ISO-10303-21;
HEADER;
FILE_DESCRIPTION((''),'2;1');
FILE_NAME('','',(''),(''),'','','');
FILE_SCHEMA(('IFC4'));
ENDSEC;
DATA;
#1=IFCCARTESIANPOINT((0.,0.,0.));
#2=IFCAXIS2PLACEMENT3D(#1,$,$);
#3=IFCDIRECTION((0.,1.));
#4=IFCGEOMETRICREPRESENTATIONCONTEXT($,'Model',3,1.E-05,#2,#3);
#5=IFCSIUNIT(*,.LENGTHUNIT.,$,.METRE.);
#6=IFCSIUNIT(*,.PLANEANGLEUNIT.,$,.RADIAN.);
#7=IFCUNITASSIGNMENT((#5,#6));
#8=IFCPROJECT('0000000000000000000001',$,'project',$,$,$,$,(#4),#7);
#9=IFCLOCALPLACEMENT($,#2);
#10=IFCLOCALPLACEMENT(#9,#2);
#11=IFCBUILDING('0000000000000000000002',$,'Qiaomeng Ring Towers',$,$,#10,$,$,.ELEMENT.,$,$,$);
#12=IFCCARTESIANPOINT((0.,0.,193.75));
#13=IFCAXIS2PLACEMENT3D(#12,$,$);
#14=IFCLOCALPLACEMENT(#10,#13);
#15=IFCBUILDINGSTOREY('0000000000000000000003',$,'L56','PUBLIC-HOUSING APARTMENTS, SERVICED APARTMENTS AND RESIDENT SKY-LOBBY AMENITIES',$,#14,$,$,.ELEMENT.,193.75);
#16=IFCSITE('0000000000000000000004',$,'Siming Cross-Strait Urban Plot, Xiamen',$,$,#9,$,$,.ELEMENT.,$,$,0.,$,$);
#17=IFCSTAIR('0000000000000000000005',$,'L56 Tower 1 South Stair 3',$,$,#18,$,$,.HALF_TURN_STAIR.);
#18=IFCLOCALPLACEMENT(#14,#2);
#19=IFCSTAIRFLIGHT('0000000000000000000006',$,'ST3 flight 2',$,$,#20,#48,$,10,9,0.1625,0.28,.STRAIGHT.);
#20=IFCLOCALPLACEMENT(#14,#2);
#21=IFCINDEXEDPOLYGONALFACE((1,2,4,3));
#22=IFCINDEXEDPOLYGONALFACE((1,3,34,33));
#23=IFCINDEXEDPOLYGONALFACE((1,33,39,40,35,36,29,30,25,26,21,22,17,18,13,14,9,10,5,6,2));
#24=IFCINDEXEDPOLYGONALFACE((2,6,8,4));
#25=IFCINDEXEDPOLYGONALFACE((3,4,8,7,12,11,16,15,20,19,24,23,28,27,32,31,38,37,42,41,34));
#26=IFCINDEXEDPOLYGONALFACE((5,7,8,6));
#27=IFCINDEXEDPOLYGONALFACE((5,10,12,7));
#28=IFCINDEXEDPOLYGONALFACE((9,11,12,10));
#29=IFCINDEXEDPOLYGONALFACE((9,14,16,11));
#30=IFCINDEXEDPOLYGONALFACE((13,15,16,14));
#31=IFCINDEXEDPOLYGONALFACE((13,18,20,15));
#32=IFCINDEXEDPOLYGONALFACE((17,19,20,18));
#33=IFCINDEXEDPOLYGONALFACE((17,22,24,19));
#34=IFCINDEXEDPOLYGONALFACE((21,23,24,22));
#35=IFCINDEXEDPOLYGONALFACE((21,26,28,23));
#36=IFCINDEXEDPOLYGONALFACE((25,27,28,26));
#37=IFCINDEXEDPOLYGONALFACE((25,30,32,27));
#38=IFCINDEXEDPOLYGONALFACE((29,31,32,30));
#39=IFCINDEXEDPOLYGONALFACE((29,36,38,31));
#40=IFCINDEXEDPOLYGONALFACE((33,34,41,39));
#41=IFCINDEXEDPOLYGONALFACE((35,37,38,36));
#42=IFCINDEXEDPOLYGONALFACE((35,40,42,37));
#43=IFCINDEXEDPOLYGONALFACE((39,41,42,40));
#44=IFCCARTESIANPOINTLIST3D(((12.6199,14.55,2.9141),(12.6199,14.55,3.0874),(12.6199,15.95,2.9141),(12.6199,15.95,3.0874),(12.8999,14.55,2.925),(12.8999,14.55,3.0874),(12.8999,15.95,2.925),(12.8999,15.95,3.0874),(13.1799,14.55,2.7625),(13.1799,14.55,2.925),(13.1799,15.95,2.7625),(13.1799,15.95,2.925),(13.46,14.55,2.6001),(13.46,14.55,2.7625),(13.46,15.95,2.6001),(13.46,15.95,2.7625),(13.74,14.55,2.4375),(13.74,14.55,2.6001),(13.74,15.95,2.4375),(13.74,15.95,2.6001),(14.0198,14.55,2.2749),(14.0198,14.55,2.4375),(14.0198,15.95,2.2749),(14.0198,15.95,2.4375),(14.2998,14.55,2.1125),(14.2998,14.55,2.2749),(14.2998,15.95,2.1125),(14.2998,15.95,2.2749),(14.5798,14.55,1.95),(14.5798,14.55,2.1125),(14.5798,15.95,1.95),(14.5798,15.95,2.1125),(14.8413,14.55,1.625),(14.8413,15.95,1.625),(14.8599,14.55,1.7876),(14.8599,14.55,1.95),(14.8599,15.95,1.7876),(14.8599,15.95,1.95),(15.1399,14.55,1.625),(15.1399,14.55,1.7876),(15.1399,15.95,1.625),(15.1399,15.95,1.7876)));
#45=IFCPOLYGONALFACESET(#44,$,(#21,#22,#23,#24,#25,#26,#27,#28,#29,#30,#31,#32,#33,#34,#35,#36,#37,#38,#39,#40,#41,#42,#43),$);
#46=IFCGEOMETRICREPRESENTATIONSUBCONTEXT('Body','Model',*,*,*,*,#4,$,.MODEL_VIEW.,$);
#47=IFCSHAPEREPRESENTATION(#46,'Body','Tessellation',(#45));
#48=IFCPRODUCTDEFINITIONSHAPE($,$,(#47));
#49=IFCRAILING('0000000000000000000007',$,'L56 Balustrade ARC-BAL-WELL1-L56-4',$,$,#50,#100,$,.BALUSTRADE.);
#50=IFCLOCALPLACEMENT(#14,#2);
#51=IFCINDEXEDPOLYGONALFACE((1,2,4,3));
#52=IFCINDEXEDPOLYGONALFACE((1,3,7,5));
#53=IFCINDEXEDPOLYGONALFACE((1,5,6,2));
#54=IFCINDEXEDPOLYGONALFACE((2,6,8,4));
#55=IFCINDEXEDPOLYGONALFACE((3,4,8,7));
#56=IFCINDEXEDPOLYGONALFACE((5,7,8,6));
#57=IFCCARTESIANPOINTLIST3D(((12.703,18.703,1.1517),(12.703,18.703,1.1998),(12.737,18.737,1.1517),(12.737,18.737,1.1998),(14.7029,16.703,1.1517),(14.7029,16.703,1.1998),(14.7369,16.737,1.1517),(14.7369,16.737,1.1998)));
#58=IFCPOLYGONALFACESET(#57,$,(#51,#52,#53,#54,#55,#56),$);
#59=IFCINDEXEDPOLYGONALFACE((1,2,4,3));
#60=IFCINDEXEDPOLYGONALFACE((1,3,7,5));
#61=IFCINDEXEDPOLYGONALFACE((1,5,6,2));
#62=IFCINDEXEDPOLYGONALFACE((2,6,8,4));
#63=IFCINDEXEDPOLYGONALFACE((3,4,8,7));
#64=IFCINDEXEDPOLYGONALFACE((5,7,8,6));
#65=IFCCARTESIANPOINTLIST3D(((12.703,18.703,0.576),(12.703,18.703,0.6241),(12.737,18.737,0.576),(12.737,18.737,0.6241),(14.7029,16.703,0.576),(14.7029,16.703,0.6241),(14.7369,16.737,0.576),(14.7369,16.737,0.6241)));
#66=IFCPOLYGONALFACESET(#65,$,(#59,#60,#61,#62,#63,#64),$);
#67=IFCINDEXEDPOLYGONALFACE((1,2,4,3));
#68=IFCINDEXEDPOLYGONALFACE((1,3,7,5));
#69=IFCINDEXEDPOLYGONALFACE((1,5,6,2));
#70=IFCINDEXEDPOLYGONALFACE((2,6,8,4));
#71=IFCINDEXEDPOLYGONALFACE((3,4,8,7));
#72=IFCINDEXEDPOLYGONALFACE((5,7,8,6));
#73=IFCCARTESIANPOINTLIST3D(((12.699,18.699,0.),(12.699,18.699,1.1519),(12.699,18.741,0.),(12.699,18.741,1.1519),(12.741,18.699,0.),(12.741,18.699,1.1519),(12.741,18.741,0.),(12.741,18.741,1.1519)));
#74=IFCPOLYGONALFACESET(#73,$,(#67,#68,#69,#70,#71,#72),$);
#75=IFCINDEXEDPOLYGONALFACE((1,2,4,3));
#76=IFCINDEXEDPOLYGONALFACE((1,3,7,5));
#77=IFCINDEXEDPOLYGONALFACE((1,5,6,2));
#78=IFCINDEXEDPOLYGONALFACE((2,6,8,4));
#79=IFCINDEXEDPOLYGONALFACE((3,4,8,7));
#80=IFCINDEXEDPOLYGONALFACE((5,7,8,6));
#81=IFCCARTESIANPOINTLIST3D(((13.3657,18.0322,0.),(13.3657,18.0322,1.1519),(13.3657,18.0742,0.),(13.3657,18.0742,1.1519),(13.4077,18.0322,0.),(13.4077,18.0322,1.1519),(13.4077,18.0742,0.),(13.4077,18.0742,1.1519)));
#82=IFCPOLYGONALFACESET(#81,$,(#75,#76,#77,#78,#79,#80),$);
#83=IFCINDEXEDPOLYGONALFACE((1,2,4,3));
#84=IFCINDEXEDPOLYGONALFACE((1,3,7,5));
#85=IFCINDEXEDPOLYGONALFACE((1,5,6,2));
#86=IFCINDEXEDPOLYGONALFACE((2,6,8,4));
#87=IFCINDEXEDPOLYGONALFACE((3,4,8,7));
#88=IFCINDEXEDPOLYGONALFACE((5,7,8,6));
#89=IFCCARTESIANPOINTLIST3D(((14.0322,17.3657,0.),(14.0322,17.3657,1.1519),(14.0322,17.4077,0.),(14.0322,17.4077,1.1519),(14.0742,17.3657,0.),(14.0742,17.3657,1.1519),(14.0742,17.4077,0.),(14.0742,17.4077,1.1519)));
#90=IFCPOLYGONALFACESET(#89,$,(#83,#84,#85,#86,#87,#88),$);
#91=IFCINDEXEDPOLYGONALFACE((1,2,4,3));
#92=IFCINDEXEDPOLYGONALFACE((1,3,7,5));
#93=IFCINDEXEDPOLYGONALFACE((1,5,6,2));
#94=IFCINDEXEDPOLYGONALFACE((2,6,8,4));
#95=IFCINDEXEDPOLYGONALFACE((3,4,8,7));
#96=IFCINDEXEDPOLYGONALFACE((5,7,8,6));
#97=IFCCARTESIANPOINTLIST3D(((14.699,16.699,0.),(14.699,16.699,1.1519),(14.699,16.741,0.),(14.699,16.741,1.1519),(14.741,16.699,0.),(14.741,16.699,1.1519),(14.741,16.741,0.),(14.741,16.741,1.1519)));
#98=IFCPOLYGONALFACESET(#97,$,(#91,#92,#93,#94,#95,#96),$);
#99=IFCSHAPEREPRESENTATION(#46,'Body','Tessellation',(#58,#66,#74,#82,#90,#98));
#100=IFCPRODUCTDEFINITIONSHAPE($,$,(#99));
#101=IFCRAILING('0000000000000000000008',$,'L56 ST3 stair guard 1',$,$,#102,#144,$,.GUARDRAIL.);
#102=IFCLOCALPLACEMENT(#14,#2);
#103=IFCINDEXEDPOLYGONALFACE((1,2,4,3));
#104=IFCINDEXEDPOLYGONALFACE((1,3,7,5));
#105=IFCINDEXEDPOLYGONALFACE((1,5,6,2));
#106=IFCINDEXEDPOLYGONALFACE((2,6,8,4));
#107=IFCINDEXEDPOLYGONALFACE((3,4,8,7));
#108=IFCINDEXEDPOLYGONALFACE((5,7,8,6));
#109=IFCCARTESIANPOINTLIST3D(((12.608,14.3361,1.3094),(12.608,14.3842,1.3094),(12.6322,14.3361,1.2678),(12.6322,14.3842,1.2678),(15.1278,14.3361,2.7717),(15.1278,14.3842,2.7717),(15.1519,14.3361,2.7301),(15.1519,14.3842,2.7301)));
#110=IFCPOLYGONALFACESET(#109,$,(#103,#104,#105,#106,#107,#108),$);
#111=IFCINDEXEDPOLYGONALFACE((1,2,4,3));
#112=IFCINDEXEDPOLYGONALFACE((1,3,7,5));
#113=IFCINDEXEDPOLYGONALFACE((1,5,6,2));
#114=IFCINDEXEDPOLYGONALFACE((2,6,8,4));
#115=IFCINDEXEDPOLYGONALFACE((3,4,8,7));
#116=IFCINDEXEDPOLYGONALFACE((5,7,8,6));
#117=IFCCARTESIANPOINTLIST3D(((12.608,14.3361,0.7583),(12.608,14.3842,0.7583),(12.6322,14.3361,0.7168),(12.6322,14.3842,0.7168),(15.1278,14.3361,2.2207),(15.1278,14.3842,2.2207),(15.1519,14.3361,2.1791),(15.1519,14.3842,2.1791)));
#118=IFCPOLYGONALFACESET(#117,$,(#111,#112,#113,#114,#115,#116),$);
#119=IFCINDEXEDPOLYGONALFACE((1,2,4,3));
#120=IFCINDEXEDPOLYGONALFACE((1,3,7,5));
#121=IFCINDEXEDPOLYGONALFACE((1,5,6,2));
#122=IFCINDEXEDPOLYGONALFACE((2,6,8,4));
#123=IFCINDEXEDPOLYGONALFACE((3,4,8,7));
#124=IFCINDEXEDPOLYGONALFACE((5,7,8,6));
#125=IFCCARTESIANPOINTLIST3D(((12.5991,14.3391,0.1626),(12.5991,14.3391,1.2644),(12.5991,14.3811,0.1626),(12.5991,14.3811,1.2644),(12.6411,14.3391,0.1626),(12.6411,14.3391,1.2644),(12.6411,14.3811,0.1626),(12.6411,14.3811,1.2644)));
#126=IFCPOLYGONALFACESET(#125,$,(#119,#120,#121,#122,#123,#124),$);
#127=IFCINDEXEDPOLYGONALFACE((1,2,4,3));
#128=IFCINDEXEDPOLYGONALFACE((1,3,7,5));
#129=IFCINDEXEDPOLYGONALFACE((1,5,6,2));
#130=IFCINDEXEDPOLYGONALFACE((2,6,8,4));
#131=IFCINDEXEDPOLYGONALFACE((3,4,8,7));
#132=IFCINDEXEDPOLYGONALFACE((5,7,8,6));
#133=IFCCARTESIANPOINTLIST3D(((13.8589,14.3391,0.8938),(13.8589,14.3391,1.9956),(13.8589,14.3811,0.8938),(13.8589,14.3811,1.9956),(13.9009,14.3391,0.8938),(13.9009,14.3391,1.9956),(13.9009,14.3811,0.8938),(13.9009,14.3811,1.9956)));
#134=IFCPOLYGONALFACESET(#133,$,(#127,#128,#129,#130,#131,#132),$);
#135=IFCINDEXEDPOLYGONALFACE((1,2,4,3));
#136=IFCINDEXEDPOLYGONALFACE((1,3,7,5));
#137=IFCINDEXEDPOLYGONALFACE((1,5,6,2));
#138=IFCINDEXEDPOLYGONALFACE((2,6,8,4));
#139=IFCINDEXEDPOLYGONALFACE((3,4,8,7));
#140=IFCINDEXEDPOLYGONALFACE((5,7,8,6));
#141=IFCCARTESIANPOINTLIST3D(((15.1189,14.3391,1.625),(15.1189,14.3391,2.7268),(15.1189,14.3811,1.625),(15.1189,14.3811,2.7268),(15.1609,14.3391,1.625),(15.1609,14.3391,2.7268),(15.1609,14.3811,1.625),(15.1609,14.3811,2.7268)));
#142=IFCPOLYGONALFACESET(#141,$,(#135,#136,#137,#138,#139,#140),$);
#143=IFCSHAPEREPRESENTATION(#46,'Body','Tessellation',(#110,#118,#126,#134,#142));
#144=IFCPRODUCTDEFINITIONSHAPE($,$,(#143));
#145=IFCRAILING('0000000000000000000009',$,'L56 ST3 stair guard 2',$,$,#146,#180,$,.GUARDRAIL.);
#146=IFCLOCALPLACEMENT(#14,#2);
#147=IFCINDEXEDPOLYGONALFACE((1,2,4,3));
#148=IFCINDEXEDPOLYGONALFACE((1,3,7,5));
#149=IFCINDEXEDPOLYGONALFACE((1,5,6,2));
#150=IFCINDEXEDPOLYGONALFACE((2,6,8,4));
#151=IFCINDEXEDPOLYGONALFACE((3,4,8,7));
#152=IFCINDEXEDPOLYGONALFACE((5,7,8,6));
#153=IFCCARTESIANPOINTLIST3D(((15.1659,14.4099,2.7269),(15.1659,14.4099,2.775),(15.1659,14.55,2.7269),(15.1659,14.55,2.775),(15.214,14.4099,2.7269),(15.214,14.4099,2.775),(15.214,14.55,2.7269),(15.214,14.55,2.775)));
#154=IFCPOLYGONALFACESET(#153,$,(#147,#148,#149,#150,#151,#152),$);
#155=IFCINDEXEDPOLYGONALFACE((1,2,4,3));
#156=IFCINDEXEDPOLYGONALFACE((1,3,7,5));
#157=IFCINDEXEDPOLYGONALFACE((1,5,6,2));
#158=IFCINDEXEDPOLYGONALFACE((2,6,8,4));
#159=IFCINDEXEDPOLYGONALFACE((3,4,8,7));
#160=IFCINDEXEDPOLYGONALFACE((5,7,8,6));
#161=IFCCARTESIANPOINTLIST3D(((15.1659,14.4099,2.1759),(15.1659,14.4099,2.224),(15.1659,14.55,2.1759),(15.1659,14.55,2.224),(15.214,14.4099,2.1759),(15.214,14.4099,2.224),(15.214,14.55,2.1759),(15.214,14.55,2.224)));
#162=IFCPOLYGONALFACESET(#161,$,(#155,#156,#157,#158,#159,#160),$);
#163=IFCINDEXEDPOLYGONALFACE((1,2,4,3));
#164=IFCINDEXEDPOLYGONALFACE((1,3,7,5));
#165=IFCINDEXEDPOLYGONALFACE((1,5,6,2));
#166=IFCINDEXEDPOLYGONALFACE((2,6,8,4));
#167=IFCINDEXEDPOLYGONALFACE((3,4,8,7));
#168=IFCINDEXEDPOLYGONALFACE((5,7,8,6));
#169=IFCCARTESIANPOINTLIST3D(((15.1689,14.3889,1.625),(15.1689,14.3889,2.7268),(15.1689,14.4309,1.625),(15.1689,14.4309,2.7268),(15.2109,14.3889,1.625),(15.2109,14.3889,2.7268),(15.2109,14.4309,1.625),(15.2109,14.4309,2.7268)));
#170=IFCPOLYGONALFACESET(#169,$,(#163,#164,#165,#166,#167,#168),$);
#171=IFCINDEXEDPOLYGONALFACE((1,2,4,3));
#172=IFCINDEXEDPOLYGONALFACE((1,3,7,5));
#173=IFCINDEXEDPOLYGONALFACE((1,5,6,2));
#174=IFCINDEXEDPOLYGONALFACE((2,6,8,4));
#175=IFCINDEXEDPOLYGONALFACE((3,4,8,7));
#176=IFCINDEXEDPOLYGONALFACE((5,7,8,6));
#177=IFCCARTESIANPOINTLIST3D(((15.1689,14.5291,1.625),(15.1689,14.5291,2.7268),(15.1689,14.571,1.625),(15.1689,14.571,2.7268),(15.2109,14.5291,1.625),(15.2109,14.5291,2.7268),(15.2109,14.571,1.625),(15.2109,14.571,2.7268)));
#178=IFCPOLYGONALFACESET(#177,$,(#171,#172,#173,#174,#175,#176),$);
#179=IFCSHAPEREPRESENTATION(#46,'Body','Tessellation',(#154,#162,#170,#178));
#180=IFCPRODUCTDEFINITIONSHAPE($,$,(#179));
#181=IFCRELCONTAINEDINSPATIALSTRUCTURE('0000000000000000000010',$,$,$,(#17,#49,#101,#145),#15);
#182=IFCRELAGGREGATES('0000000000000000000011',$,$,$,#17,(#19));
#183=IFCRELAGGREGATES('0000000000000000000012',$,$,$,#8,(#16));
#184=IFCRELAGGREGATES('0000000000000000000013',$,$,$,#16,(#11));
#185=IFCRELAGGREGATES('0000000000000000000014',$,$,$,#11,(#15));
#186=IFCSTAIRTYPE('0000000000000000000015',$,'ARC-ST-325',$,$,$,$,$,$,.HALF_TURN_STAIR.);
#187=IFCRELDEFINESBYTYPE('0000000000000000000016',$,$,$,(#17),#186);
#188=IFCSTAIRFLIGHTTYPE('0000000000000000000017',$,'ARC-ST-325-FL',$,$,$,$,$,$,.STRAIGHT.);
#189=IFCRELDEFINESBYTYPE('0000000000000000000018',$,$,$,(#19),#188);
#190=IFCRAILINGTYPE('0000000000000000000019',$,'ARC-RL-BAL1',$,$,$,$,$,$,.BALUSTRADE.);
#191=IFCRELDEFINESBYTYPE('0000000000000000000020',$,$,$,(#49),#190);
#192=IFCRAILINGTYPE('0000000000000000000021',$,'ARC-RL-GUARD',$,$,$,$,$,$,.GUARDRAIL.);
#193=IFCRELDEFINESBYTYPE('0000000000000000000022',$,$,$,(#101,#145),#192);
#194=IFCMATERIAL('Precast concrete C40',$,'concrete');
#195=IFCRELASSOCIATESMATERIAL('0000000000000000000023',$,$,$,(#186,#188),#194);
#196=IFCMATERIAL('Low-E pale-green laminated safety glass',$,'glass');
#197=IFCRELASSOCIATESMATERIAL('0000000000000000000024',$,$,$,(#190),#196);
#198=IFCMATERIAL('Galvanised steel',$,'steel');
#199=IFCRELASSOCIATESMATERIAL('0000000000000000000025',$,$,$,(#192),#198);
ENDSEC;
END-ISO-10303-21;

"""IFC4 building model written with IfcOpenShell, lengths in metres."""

from ifc_helpers import new_model, si_unit, direction, frame, origin, origin_2d, place, context, subcontext, project, spatial, polyline, rectangle, outline, extrude, source, transform, mapped, material, type_object, element, aggregate, save


model = new_model("IFC4")

# Units and contexts
model_context = context("Model", 3, precision=1e-05, world=origin(), true_north=direction((0.0, 1.0)))
body_context = subcontext(model_context, "Body", "Model", "MODEL_VIEW")
ifc_project = project(units=[si_unit("LENGTHUNIT", "METRE"), si_unit("PLANEANGLEUNIT", "RADIAN")], contexts=[model_context])

# Site, building, storey
site_placement = place(None, origin())
site = spatial("IfcSite", under=ifc_project, at=site_placement, Name="Siming Cross-Strait Urban Plot, Xiamen", CompositionType="ELEMENT", RefElevation=0.0)
building_placement = place(site_placement, origin())
building = spatial("IfcBuilding", under=site, at=building_placement, Name="Qiaomeng Ring Towers", CompositionType="ELEMENT")
storey_placement = place(building_placement, frame((0.0, 0.0, 193.75)))
storey = spatial("IfcBuildingStorey", under=building, at=storey_placement, Name="L56", Description="PUBLIC-HOUSING APARTMENTS, SERVICED APARTMENTS AND RESIDENT SKY-LOBBY AMENITIES", CompositionType="ELEMENT", Elevation=193.75)

# Stair, stair flight
ifc_material_1 = material(Name="Precast concrete C40", Category="concrete")
stair_type = type_object("IfcStairType", Name="ARC-ST-325", PredefinedType="HALF_TURN_STAIR", material=ifc_material_1)
stair_placement = place(storey_placement, origin())
stair = element("IfcStair", 1, at=stair_placement, inside=storey, type_object=stair_type, Name="L56 Tower 1 South Stair 3", PredefinedType="HALF_TURN_STAIR")
stair_flight_type = type_object("IfcStairFlightType", Name="ARC-ST-325-FL", PredefinedType="STRAIGHT", material=ifc_material_1)
shared_shape_1 = source(origin(), body_context, "Body", "SweptSolid", [
    extrude(outline(polyline([(0.0, 0.0), (0.0, 0.1626), (0.28, 0.1626), (0.28, 0.325), (0.5601, 0.325), (0.5601, 0.4875), (0.8401, 0.4875), (0.8401, 0.6499), (1.1201, 0.6499), (1.1201, 0.8125), (1.3999, 0.8125), (1.3999, 0.9751), (1.6799, 0.9751), (1.6799, 1.1375), (1.96, 1.1375), (1.96, 1.3), (2.24, 1.3), (2.24, 1.4624), (2.52, 1.4624), (2.52, 1.625), (2.52, 1.2891), (0.2986, 0.0), (0.0, 0.0)])), frame((0.0, 0.7, 0.0), z_axis=(0.0, -1.0, 0.0), x_axis=(1.0, 0.0, 0.0)), (0.0, 0.0, 1.0), 1.3999),
])
stair_flight_1_placement = place(storey_placement, frame((15.1399, 15.25, 1.625), z_axis=(0.0, 0.0, 1.0), x_axis=(-1.0, 0.0, 0.0)))
stair_flight_1 = element("IfcStairFlight", 2, at=stair_flight_1_placement, type_object=stair_flight_type, Name="ST3 flight 2", NumberOfRisers=10, NumberOfTreads=9, PredefinedType="STRAIGHT", RiserHeight=0.1625, TreadLength=0.28, context=body_context, shape_type="MappedRepresentation", body=[
    mapped(shared_shape_1, transform((0.0, 0.0, 0.0), x_axis=(1.0, 0.0, 0.0), y_axis=(0.0, 1.0, 0.0), z_axis=(0.0, 0.0, 1.0), scale=1.0)),
])
aggregate(stair, [stair_flight_1])

# Railings
ifc_material_2 = material(Name="Low-E pale-green laminated safety glass", Category="glass")
railing_type_1 = type_object("IfcRailingType", Name="ARC-RL-BAL1", PredefinedType="BALUSTRADE", material=ifc_material_2)
railing_1_placement = place(storey_placement, frame((12.72, 18.72, 0.0)))
element("IfcRailing", 3, at=railing_1_placement, inside=storey, type_object=railing_type_1, Name="L56 Balustrade ARC-BAL-WELL1-L56-4", PredefinedType="BALUSTRADE", context=body_context, shape_type="SweptSolid", body=[
    extrude(rectangle(XDim=0.0481, YDim=0.0481, at=origin_2d()), frame((0.0, 0.0, 1.1758), z_axis=(0.707107, -0.707107, 0.0), x_axis=(0.707107, 0.707107, 0.0)), (0.0, 0.0, 1.0), 2.8284),
    extrude(rectangle(XDim=0.0481, YDim=0.0481, at=origin_2d()), frame((0.0, 0.0, 0.6001), z_axis=(0.707107, -0.707107, 0.0), x_axis=(0.707107, 0.707107, 0.0)), (0.0, 0.0, 1.0), 2.8284),
    extrude(rectangle(XDim=0.042, YDim=0.042, at=origin_2d()), origin(), (0.0, 0.0, 1.0), 1.1519),
    extrude(rectangle(XDim=0.042, YDim=0.042, at=origin_2d()), frame((0.6667, -0.6667, 0.0)), (0.0, 0.0, 1.0), 1.1519),
    extrude(rectangle(XDim=0.042, YDim=0.042, at=origin_2d()), frame((1.3333, -1.3333, 0.0)), (0.0, 0.0, 1.0), 1.1519),
    extrude(rectangle(XDim=0.042, YDim=0.042, at=origin_2d()), frame((2.0, -2.0, 0.0)), (0.0, 0.0, 1.0), 1.1519),
])
ifc_material_3 = material(Name="Galvanised steel", Category="steel")
railing_type_2 = type_object("IfcRailingType", Name="ARC-RL-GUARD", PredefinedType="GUARDRAIL", material=ifc_material_3)
railing_2_placement = place(storey_placement, frame((12.6201, 14.3601, 0.1626)))
element("IfcRailing", 4, at=railing_2_placement, inside=storey, type_object=railing_type_2, Name="L56 ST3 stair guard 1", PredefinedType="GUARDRAIL", context=body_context, shape_type="SweptSolid", body=[
    extrude(rectangle(XDim=0.0481, YDim=0.0481, at=origin_2d()), frame((0.0, 0.0, 1.126), z_axis=(0.864892, 0.0, 0.501958), x_axis=(0.0, 1.0, 0.0)), (0.0, 0.0, 1.0), 2.9133),
    extrude(rectangle(XDim=0.0481, YDim=0.0481, at=origin_2d()), frame((0.0, 0.0, 0.575), z_axis=(0.864892, 0.0, 0.501958), x_axis=(0.0, 1.0, 0.0)), (0.0, 0.0, 1.0), 2.9133),
    extrude(rectangle(XDim=0.042, YDim=0.042, at=origin_2d()), origin(), (0.0, 0.0, 1.0), 1.1018),
    extrude(rectangle(XDim=0.042, YDim=0.042, at=origin_2d()), frame((1.2598, 0.0, 0.7312)), (0.0, 0.0, 1.0), 1.1018),
    extrude(rectangle(XDim=0.042, YDim=0.042, at=origin_2d()), frame((2.5198, 0.0, 1.4624)), (0.0, 0.0, 1.0), 1.1018),
])
railing_3_placement = place(storey_placement, frame((15.1899, 14.4099, 1.625)))
element("IfcRailing", 5, at=railing_3_placement, inside=storey, type_object=railing_type_2, Name="L56 ST3 stair guard 2", PredefinedType="GUARDRAIL", context=body_context, shape_type="SweptSolid", body=[
    extrude(rectangle(XDim=0.0481, YDim=0.0481, at=origin_2d()), frame((0.0, 0.0, 1.126), z_axis=(0.0, 1.0, 0.0), x_axis=(-1.0, 0.0, 0.0)), (0.0, 0.0, 1.0), 0.1401),
    extrude(rectangle(XDim=0.0481, YDim=0.0481, at=origin_2d()), frame((0.0, 0.0, 0.575), z_axis=(0.0, 1.0, 0.0), x_axis=(-1.0, 0.0, 0.0)), (0.0, 0.0, 1.0), 0.1401),
    extrude(rectangle(XDim=0.042, YDim=0.042, at=origin_2d()), origin(), (0.0, 0.0, 1.0), 1.1018),
    extrude(rectangle(XDim=0.042, YDim=0.042, at=origin_2d()), frame((0.0, 0.1401, 0.0)), (0.0, 0.0, 1.0), 1.1018),
])

save(model, "model.ifc")
